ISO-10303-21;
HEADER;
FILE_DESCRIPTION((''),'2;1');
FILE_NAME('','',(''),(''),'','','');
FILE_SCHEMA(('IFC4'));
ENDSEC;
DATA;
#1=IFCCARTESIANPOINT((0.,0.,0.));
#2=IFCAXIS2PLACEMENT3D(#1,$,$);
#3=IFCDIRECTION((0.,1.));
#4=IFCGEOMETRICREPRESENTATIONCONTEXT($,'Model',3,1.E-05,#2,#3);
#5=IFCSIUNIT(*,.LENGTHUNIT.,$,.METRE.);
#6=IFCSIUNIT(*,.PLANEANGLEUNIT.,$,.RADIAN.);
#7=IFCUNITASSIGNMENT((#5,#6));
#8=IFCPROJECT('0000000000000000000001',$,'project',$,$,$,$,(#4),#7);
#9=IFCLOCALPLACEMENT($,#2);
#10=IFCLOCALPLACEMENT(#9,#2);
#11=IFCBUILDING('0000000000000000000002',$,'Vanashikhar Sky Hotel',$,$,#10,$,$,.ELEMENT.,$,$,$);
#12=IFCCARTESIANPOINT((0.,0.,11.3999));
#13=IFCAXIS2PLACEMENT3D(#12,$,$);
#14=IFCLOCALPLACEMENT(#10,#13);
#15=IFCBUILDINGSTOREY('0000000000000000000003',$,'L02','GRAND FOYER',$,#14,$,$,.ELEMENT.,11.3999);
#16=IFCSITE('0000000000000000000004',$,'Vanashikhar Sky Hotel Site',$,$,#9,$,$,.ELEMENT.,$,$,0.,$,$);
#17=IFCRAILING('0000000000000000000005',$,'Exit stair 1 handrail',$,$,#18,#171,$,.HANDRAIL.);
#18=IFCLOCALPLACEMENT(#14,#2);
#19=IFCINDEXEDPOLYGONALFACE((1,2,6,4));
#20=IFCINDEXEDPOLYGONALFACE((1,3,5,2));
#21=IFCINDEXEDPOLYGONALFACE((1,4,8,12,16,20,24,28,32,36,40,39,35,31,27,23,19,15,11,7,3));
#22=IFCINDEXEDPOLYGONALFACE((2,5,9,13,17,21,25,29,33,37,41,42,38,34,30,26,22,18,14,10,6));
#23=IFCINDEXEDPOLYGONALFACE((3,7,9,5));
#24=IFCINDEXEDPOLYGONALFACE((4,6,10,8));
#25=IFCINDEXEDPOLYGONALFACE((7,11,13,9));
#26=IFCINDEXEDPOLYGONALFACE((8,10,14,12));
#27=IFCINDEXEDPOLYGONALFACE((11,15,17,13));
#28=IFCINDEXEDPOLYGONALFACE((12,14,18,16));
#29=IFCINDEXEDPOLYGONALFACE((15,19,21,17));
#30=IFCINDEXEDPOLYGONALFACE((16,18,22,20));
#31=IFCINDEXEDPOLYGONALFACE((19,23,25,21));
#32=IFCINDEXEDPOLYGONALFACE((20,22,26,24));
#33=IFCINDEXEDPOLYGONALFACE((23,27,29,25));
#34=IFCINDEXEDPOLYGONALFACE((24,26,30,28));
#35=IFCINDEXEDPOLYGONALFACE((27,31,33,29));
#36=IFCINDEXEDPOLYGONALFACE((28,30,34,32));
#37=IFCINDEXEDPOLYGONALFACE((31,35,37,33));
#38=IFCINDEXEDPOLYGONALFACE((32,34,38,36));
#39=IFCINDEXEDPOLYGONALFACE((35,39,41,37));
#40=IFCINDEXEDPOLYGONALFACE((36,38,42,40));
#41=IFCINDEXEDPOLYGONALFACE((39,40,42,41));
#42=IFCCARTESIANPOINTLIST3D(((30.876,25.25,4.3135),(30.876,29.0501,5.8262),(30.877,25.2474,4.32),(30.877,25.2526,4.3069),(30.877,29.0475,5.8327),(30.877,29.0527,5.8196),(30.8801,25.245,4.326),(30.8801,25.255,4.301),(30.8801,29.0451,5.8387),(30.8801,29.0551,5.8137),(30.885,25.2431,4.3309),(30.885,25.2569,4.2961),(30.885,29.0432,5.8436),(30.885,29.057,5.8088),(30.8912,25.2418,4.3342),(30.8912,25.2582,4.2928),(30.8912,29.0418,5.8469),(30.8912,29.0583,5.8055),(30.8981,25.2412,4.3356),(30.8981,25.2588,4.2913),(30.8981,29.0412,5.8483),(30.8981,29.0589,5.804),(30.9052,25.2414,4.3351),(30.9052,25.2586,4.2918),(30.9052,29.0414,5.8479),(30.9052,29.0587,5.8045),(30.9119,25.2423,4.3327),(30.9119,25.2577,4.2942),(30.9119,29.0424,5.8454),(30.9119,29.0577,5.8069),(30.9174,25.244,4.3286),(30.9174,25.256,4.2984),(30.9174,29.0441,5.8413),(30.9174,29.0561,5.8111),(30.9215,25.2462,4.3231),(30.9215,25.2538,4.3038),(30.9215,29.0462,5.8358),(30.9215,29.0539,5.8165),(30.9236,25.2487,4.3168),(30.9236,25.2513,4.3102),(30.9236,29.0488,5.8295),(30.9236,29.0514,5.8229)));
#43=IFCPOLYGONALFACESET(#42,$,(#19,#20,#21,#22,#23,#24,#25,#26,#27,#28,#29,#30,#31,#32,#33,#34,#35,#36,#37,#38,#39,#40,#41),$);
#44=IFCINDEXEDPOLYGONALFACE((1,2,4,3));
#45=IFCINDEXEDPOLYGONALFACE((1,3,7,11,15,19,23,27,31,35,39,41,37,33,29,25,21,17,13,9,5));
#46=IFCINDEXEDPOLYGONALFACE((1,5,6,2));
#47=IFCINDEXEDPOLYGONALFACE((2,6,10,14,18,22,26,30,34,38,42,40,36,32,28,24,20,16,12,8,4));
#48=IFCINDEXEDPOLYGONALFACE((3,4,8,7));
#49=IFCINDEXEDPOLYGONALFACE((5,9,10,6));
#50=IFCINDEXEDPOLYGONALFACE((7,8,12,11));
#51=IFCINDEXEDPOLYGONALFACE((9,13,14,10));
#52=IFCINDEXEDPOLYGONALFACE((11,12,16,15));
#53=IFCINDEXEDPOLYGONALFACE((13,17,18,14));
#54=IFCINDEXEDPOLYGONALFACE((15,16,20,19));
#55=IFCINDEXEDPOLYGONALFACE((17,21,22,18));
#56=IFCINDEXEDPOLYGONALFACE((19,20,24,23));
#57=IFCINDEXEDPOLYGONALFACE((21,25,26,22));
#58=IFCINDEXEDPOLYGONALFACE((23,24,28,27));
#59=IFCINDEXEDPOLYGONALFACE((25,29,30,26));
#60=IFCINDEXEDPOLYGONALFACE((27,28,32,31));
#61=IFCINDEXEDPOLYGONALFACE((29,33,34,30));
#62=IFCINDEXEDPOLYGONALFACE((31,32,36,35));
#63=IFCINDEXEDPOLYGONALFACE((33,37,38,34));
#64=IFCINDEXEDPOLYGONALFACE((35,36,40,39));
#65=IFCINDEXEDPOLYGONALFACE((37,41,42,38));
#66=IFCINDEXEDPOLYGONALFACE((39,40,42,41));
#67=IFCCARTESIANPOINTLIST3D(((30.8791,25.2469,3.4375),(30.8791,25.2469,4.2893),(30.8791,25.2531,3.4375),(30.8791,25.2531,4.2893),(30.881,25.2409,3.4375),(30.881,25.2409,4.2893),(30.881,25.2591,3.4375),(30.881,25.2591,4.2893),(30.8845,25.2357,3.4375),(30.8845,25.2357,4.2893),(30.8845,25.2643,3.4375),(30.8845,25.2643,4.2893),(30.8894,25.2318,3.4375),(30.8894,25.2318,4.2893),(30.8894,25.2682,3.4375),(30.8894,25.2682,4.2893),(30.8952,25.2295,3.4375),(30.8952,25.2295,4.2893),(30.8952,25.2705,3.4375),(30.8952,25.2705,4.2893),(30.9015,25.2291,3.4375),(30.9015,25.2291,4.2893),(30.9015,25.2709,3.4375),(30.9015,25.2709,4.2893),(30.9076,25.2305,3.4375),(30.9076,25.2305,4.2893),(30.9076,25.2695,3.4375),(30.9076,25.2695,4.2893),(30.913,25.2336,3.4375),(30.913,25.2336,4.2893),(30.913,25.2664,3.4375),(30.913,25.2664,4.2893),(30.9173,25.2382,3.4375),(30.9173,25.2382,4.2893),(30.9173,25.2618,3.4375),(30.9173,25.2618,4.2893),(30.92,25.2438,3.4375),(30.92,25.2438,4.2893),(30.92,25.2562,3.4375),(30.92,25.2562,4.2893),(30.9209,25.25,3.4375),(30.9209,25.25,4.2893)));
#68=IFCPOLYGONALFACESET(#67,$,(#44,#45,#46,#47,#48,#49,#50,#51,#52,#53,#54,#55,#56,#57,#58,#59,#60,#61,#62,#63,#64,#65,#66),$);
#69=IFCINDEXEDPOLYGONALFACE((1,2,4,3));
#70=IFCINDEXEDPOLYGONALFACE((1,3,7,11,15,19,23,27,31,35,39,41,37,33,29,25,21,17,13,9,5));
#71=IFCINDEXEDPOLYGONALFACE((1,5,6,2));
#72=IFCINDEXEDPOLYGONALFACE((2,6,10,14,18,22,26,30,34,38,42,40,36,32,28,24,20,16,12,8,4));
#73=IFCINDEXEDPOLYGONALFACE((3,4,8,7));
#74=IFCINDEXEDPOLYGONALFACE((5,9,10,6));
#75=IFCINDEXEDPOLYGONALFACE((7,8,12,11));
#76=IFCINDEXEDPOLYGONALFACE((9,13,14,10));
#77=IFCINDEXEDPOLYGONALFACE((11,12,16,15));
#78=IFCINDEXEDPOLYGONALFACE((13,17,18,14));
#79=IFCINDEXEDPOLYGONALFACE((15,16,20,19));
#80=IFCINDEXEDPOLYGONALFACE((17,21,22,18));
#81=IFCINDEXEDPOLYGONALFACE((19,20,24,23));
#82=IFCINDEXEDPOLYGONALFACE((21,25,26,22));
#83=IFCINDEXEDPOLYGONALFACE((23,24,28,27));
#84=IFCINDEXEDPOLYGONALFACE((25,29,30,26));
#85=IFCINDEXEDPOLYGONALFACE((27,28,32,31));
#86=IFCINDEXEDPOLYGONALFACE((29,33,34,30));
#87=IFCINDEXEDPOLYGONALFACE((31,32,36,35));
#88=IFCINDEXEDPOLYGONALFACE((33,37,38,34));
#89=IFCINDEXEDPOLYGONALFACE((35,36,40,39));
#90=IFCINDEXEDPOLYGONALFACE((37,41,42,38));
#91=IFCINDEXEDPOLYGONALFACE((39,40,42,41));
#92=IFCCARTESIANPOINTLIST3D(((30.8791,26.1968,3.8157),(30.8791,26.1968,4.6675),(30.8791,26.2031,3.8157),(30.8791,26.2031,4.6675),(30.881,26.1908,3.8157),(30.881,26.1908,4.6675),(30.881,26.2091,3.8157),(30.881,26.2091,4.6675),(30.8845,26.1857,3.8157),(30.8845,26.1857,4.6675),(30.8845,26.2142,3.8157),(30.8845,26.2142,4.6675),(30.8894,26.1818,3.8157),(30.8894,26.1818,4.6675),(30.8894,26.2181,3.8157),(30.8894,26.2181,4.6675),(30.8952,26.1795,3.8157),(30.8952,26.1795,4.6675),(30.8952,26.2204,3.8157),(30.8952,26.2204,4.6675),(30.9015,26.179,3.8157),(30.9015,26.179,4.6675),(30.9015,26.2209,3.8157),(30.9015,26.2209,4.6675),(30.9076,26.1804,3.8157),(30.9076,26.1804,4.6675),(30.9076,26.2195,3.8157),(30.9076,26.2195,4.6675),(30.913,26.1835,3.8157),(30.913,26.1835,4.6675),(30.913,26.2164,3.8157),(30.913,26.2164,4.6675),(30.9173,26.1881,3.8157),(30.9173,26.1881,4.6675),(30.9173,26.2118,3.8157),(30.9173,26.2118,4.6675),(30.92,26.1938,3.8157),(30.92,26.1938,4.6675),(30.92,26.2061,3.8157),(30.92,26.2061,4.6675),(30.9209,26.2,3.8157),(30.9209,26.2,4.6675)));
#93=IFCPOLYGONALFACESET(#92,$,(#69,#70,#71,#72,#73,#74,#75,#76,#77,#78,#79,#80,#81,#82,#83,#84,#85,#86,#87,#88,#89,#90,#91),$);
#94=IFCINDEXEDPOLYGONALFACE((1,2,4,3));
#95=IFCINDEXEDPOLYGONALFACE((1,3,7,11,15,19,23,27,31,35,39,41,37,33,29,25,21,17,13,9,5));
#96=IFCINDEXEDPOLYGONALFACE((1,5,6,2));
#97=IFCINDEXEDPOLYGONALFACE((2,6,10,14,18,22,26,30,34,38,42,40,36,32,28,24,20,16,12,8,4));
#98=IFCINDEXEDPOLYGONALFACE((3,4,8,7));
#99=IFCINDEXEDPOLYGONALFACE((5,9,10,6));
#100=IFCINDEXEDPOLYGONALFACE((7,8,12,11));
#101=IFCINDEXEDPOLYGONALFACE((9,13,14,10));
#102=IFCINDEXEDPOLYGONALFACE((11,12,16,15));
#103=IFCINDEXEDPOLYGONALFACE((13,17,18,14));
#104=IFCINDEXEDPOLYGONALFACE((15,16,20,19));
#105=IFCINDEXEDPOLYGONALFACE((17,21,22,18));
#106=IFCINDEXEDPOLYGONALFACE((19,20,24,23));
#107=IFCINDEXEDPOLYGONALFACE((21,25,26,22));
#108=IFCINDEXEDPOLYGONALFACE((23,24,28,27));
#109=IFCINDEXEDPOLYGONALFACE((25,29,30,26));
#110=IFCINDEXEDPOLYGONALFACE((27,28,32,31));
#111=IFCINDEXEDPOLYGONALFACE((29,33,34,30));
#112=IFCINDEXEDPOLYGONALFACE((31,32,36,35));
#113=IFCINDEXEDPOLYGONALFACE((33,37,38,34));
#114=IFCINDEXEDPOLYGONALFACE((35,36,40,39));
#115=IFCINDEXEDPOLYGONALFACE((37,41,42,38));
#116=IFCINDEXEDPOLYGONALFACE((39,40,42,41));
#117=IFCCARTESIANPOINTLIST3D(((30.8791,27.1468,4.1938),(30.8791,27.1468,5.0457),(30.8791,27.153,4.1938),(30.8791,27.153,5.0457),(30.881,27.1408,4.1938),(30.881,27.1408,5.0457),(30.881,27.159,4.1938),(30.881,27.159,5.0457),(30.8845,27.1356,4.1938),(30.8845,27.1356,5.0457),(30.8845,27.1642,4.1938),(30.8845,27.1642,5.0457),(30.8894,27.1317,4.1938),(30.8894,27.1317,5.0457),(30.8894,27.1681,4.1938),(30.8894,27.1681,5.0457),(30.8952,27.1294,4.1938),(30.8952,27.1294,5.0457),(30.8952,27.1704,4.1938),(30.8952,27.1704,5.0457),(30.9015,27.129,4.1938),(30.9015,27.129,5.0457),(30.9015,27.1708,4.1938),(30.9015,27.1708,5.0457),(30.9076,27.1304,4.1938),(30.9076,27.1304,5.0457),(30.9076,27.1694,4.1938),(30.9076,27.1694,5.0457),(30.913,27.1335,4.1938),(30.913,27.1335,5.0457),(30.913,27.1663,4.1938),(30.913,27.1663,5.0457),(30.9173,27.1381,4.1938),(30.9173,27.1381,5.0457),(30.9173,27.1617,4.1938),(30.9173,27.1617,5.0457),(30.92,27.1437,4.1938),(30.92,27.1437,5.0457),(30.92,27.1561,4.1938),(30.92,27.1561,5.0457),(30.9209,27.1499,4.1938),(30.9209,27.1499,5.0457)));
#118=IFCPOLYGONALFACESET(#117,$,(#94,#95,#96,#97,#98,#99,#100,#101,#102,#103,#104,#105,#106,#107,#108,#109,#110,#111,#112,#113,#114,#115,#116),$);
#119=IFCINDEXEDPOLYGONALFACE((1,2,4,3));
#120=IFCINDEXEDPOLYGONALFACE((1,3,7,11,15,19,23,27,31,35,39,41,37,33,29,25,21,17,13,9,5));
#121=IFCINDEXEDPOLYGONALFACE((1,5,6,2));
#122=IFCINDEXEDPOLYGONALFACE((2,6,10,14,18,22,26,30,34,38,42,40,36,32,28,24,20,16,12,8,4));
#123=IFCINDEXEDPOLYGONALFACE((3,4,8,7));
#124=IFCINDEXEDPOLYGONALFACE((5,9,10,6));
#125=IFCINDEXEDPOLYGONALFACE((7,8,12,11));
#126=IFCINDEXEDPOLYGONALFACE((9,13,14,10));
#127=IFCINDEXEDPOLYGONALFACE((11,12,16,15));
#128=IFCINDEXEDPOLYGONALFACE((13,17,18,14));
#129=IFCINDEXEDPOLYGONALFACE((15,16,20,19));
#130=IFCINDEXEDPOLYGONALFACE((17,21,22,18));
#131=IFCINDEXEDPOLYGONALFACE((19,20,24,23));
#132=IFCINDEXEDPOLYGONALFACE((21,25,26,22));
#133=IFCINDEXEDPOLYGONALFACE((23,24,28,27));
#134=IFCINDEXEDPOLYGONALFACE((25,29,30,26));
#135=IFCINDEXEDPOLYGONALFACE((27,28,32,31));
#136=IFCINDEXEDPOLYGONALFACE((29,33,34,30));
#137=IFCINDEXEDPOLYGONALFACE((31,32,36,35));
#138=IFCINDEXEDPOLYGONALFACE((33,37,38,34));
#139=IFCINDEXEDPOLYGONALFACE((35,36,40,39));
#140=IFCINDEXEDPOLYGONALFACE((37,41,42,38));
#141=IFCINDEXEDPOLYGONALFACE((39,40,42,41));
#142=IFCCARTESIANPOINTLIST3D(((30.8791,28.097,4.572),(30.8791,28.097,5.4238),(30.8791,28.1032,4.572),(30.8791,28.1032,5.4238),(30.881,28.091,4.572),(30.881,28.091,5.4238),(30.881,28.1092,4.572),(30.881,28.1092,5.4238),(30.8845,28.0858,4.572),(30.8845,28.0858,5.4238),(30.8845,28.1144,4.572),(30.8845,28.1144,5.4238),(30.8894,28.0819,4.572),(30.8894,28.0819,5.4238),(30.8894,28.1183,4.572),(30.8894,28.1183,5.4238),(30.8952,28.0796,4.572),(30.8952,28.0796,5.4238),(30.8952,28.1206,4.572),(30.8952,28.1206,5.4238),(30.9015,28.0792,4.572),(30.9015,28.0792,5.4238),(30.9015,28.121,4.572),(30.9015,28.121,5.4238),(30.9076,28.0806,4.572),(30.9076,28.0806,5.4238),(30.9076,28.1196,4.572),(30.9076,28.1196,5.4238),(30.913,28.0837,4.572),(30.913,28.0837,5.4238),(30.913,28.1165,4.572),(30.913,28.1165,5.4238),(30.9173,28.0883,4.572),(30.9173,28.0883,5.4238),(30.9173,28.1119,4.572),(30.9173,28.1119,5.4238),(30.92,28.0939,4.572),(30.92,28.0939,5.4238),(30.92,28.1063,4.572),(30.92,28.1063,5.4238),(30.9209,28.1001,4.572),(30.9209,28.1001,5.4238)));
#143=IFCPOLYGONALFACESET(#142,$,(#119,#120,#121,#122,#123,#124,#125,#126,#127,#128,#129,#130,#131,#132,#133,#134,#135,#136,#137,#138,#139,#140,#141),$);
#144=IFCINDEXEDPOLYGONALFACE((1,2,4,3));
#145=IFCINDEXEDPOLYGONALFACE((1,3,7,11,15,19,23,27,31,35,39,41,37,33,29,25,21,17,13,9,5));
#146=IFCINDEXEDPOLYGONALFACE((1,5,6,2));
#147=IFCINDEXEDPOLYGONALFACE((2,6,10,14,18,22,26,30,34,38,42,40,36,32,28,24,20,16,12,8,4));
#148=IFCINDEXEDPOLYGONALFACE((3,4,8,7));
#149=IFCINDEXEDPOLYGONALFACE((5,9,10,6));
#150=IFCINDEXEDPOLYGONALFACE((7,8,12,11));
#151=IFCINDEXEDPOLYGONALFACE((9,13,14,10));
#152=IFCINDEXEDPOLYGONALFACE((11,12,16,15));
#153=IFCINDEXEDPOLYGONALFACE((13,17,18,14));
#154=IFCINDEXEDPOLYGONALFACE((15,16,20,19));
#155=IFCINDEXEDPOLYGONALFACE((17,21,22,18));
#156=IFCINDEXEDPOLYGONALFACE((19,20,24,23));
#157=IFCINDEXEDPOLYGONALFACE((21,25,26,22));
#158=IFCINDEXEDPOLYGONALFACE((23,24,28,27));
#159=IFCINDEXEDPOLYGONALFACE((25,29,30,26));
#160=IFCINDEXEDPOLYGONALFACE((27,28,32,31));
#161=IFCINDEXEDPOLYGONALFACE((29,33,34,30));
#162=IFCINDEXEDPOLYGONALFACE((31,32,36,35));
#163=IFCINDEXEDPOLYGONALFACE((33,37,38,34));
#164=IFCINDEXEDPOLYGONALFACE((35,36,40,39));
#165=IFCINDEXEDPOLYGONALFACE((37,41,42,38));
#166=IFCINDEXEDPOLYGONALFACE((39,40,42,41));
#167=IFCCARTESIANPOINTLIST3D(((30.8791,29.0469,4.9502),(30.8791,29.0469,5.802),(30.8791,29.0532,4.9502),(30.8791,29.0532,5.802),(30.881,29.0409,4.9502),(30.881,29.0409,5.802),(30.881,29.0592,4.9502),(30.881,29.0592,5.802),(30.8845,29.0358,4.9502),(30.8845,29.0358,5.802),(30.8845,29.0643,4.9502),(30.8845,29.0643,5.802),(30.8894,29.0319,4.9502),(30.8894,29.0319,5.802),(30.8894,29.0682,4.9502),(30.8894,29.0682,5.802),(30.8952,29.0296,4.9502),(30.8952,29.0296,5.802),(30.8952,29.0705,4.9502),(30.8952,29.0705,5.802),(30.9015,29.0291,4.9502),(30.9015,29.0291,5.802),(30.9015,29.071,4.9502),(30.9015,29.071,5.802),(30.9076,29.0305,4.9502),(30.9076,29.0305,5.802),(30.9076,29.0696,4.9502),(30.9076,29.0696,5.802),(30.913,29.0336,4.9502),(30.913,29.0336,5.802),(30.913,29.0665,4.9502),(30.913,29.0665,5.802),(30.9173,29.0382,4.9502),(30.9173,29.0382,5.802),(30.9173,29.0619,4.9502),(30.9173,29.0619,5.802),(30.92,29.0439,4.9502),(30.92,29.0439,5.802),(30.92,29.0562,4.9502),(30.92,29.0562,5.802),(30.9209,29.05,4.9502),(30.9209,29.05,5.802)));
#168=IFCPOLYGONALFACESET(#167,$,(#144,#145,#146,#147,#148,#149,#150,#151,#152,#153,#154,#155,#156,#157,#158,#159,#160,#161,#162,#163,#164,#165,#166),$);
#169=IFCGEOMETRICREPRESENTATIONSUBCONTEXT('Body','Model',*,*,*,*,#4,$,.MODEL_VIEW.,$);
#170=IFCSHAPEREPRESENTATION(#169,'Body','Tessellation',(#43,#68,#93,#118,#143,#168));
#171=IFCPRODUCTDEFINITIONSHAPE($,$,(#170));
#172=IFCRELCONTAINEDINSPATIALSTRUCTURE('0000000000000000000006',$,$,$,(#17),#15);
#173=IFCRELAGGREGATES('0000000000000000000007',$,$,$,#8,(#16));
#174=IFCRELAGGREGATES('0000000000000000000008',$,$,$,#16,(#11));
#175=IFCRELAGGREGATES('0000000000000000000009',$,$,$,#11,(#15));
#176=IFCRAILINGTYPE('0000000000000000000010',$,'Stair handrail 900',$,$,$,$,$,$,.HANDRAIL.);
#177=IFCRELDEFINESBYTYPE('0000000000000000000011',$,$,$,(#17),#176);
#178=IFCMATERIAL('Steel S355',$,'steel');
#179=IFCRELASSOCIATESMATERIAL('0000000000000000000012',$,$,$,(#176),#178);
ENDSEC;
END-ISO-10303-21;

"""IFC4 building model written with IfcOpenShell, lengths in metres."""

from ifc_helpers import new_model, si_unit, direction, frame, origin, origin_2d, place, context, subcontext, project, spatial, circle, extrude, source, transform, mapped, material, type_object, element, save


model = new_model("IFC4")

# Units and contexts
model_context = context("Model", 3, precision=1e-05, world=origin(), true_north=direction((0.0, 1.0)))
body_context = subcontext(model_context, "Body", "Model", "MODEL_VIEW")
ifc_project = project(units=[si_unit("LENGTHUNIT", "METRE"), si_unit("PLANEANGLEUNIT", "RADIAN")], contexts=[model_context])

# Site, building, storey
site_placement = place(None, origin())
site = spatial("IfcSite", under=ifc_project, at=site_placement, Name="Vanashikhar Sky Hotel Site", CompositionType="ELEMENT", RefElevation=0.0)
building_placement = place(site_placement, origin())
building = spatial("IfcBuilding", under=site, at=building_placement, Name="Vanashikhar Sky Hotel", CompositionType="ELEMENT")
storey_placement = place(building_placement, frame((0.0, 0.0, 11.3999)))
storey = spatial("IfcBuildingStorey", under=building, at=storey_placement, Name="L02", Description="GRAND FOYER", CompositionType="ELEMENT", Elevation=11.3999)

# Railing
ifc_material_1 = material(Name="Steel S355", Category="steel")
railing_type_1 = type_object("IfcRailingType", Name="Stair handrail 900", PredefinedType="HANDRAIL", material=ifc_material_1)
shared_shape_1 = source(origin(), body_context, "Body", "SweptSolid", [
    extrude(circle(Radius=0.0239, at=origin_2d()), frame((0.0, 0.0, 0.876), z_axis=(0.0, 0.929093, 0.369846), x_axis=(-1.0, 0.0, 0.0)), (0.0, 0.0, 1.0), 4.0901),
    extrude(circle(Radius=0.021, at=origin_2d()), origin(), (0.0, 0.0, 1.0), 0.8518),
    extrude(circle(Radius=0.021, at=origin_2d()), frame((0.0, 0.95, 0.3782)), (0.0, 0.0, 1.0), 0.8518),
    extrude(circle(Radius=0.021, at=origin_2d()), frame((0.0, 1.8999, 0.7563)), (0.0, 0.0, 1.0), 0.8518),
    extrude(circle(Radius=0.021, at=origin_2d()), frame((0.0, 2.8501, 1.1345)), (0.0, 0.0, 1.0), 0.8518),
    extrude(circle(Radius=0.021, at=origin_2d()), frame((0.0, 3.8, 1.5127)), (0.0, 0.0, 1.0), 0.8518),
])
railing_placement = place(storey_placement, frame((30.8999, 25.25, 3.4375)))
element("IfcRailing", 1, at=railing_placement, inside=storey, type_object=railing_type_1, Name="Exit stair 1 handrail", PredefinedType="HANDRAIL", context=body_context, shape_type="MappedRepresentation", body=[
    mapped(shared_shape_1, transform((0.0, 0.0, 0.0), scale=1.0)),
])

save(model, "model.ifc")
